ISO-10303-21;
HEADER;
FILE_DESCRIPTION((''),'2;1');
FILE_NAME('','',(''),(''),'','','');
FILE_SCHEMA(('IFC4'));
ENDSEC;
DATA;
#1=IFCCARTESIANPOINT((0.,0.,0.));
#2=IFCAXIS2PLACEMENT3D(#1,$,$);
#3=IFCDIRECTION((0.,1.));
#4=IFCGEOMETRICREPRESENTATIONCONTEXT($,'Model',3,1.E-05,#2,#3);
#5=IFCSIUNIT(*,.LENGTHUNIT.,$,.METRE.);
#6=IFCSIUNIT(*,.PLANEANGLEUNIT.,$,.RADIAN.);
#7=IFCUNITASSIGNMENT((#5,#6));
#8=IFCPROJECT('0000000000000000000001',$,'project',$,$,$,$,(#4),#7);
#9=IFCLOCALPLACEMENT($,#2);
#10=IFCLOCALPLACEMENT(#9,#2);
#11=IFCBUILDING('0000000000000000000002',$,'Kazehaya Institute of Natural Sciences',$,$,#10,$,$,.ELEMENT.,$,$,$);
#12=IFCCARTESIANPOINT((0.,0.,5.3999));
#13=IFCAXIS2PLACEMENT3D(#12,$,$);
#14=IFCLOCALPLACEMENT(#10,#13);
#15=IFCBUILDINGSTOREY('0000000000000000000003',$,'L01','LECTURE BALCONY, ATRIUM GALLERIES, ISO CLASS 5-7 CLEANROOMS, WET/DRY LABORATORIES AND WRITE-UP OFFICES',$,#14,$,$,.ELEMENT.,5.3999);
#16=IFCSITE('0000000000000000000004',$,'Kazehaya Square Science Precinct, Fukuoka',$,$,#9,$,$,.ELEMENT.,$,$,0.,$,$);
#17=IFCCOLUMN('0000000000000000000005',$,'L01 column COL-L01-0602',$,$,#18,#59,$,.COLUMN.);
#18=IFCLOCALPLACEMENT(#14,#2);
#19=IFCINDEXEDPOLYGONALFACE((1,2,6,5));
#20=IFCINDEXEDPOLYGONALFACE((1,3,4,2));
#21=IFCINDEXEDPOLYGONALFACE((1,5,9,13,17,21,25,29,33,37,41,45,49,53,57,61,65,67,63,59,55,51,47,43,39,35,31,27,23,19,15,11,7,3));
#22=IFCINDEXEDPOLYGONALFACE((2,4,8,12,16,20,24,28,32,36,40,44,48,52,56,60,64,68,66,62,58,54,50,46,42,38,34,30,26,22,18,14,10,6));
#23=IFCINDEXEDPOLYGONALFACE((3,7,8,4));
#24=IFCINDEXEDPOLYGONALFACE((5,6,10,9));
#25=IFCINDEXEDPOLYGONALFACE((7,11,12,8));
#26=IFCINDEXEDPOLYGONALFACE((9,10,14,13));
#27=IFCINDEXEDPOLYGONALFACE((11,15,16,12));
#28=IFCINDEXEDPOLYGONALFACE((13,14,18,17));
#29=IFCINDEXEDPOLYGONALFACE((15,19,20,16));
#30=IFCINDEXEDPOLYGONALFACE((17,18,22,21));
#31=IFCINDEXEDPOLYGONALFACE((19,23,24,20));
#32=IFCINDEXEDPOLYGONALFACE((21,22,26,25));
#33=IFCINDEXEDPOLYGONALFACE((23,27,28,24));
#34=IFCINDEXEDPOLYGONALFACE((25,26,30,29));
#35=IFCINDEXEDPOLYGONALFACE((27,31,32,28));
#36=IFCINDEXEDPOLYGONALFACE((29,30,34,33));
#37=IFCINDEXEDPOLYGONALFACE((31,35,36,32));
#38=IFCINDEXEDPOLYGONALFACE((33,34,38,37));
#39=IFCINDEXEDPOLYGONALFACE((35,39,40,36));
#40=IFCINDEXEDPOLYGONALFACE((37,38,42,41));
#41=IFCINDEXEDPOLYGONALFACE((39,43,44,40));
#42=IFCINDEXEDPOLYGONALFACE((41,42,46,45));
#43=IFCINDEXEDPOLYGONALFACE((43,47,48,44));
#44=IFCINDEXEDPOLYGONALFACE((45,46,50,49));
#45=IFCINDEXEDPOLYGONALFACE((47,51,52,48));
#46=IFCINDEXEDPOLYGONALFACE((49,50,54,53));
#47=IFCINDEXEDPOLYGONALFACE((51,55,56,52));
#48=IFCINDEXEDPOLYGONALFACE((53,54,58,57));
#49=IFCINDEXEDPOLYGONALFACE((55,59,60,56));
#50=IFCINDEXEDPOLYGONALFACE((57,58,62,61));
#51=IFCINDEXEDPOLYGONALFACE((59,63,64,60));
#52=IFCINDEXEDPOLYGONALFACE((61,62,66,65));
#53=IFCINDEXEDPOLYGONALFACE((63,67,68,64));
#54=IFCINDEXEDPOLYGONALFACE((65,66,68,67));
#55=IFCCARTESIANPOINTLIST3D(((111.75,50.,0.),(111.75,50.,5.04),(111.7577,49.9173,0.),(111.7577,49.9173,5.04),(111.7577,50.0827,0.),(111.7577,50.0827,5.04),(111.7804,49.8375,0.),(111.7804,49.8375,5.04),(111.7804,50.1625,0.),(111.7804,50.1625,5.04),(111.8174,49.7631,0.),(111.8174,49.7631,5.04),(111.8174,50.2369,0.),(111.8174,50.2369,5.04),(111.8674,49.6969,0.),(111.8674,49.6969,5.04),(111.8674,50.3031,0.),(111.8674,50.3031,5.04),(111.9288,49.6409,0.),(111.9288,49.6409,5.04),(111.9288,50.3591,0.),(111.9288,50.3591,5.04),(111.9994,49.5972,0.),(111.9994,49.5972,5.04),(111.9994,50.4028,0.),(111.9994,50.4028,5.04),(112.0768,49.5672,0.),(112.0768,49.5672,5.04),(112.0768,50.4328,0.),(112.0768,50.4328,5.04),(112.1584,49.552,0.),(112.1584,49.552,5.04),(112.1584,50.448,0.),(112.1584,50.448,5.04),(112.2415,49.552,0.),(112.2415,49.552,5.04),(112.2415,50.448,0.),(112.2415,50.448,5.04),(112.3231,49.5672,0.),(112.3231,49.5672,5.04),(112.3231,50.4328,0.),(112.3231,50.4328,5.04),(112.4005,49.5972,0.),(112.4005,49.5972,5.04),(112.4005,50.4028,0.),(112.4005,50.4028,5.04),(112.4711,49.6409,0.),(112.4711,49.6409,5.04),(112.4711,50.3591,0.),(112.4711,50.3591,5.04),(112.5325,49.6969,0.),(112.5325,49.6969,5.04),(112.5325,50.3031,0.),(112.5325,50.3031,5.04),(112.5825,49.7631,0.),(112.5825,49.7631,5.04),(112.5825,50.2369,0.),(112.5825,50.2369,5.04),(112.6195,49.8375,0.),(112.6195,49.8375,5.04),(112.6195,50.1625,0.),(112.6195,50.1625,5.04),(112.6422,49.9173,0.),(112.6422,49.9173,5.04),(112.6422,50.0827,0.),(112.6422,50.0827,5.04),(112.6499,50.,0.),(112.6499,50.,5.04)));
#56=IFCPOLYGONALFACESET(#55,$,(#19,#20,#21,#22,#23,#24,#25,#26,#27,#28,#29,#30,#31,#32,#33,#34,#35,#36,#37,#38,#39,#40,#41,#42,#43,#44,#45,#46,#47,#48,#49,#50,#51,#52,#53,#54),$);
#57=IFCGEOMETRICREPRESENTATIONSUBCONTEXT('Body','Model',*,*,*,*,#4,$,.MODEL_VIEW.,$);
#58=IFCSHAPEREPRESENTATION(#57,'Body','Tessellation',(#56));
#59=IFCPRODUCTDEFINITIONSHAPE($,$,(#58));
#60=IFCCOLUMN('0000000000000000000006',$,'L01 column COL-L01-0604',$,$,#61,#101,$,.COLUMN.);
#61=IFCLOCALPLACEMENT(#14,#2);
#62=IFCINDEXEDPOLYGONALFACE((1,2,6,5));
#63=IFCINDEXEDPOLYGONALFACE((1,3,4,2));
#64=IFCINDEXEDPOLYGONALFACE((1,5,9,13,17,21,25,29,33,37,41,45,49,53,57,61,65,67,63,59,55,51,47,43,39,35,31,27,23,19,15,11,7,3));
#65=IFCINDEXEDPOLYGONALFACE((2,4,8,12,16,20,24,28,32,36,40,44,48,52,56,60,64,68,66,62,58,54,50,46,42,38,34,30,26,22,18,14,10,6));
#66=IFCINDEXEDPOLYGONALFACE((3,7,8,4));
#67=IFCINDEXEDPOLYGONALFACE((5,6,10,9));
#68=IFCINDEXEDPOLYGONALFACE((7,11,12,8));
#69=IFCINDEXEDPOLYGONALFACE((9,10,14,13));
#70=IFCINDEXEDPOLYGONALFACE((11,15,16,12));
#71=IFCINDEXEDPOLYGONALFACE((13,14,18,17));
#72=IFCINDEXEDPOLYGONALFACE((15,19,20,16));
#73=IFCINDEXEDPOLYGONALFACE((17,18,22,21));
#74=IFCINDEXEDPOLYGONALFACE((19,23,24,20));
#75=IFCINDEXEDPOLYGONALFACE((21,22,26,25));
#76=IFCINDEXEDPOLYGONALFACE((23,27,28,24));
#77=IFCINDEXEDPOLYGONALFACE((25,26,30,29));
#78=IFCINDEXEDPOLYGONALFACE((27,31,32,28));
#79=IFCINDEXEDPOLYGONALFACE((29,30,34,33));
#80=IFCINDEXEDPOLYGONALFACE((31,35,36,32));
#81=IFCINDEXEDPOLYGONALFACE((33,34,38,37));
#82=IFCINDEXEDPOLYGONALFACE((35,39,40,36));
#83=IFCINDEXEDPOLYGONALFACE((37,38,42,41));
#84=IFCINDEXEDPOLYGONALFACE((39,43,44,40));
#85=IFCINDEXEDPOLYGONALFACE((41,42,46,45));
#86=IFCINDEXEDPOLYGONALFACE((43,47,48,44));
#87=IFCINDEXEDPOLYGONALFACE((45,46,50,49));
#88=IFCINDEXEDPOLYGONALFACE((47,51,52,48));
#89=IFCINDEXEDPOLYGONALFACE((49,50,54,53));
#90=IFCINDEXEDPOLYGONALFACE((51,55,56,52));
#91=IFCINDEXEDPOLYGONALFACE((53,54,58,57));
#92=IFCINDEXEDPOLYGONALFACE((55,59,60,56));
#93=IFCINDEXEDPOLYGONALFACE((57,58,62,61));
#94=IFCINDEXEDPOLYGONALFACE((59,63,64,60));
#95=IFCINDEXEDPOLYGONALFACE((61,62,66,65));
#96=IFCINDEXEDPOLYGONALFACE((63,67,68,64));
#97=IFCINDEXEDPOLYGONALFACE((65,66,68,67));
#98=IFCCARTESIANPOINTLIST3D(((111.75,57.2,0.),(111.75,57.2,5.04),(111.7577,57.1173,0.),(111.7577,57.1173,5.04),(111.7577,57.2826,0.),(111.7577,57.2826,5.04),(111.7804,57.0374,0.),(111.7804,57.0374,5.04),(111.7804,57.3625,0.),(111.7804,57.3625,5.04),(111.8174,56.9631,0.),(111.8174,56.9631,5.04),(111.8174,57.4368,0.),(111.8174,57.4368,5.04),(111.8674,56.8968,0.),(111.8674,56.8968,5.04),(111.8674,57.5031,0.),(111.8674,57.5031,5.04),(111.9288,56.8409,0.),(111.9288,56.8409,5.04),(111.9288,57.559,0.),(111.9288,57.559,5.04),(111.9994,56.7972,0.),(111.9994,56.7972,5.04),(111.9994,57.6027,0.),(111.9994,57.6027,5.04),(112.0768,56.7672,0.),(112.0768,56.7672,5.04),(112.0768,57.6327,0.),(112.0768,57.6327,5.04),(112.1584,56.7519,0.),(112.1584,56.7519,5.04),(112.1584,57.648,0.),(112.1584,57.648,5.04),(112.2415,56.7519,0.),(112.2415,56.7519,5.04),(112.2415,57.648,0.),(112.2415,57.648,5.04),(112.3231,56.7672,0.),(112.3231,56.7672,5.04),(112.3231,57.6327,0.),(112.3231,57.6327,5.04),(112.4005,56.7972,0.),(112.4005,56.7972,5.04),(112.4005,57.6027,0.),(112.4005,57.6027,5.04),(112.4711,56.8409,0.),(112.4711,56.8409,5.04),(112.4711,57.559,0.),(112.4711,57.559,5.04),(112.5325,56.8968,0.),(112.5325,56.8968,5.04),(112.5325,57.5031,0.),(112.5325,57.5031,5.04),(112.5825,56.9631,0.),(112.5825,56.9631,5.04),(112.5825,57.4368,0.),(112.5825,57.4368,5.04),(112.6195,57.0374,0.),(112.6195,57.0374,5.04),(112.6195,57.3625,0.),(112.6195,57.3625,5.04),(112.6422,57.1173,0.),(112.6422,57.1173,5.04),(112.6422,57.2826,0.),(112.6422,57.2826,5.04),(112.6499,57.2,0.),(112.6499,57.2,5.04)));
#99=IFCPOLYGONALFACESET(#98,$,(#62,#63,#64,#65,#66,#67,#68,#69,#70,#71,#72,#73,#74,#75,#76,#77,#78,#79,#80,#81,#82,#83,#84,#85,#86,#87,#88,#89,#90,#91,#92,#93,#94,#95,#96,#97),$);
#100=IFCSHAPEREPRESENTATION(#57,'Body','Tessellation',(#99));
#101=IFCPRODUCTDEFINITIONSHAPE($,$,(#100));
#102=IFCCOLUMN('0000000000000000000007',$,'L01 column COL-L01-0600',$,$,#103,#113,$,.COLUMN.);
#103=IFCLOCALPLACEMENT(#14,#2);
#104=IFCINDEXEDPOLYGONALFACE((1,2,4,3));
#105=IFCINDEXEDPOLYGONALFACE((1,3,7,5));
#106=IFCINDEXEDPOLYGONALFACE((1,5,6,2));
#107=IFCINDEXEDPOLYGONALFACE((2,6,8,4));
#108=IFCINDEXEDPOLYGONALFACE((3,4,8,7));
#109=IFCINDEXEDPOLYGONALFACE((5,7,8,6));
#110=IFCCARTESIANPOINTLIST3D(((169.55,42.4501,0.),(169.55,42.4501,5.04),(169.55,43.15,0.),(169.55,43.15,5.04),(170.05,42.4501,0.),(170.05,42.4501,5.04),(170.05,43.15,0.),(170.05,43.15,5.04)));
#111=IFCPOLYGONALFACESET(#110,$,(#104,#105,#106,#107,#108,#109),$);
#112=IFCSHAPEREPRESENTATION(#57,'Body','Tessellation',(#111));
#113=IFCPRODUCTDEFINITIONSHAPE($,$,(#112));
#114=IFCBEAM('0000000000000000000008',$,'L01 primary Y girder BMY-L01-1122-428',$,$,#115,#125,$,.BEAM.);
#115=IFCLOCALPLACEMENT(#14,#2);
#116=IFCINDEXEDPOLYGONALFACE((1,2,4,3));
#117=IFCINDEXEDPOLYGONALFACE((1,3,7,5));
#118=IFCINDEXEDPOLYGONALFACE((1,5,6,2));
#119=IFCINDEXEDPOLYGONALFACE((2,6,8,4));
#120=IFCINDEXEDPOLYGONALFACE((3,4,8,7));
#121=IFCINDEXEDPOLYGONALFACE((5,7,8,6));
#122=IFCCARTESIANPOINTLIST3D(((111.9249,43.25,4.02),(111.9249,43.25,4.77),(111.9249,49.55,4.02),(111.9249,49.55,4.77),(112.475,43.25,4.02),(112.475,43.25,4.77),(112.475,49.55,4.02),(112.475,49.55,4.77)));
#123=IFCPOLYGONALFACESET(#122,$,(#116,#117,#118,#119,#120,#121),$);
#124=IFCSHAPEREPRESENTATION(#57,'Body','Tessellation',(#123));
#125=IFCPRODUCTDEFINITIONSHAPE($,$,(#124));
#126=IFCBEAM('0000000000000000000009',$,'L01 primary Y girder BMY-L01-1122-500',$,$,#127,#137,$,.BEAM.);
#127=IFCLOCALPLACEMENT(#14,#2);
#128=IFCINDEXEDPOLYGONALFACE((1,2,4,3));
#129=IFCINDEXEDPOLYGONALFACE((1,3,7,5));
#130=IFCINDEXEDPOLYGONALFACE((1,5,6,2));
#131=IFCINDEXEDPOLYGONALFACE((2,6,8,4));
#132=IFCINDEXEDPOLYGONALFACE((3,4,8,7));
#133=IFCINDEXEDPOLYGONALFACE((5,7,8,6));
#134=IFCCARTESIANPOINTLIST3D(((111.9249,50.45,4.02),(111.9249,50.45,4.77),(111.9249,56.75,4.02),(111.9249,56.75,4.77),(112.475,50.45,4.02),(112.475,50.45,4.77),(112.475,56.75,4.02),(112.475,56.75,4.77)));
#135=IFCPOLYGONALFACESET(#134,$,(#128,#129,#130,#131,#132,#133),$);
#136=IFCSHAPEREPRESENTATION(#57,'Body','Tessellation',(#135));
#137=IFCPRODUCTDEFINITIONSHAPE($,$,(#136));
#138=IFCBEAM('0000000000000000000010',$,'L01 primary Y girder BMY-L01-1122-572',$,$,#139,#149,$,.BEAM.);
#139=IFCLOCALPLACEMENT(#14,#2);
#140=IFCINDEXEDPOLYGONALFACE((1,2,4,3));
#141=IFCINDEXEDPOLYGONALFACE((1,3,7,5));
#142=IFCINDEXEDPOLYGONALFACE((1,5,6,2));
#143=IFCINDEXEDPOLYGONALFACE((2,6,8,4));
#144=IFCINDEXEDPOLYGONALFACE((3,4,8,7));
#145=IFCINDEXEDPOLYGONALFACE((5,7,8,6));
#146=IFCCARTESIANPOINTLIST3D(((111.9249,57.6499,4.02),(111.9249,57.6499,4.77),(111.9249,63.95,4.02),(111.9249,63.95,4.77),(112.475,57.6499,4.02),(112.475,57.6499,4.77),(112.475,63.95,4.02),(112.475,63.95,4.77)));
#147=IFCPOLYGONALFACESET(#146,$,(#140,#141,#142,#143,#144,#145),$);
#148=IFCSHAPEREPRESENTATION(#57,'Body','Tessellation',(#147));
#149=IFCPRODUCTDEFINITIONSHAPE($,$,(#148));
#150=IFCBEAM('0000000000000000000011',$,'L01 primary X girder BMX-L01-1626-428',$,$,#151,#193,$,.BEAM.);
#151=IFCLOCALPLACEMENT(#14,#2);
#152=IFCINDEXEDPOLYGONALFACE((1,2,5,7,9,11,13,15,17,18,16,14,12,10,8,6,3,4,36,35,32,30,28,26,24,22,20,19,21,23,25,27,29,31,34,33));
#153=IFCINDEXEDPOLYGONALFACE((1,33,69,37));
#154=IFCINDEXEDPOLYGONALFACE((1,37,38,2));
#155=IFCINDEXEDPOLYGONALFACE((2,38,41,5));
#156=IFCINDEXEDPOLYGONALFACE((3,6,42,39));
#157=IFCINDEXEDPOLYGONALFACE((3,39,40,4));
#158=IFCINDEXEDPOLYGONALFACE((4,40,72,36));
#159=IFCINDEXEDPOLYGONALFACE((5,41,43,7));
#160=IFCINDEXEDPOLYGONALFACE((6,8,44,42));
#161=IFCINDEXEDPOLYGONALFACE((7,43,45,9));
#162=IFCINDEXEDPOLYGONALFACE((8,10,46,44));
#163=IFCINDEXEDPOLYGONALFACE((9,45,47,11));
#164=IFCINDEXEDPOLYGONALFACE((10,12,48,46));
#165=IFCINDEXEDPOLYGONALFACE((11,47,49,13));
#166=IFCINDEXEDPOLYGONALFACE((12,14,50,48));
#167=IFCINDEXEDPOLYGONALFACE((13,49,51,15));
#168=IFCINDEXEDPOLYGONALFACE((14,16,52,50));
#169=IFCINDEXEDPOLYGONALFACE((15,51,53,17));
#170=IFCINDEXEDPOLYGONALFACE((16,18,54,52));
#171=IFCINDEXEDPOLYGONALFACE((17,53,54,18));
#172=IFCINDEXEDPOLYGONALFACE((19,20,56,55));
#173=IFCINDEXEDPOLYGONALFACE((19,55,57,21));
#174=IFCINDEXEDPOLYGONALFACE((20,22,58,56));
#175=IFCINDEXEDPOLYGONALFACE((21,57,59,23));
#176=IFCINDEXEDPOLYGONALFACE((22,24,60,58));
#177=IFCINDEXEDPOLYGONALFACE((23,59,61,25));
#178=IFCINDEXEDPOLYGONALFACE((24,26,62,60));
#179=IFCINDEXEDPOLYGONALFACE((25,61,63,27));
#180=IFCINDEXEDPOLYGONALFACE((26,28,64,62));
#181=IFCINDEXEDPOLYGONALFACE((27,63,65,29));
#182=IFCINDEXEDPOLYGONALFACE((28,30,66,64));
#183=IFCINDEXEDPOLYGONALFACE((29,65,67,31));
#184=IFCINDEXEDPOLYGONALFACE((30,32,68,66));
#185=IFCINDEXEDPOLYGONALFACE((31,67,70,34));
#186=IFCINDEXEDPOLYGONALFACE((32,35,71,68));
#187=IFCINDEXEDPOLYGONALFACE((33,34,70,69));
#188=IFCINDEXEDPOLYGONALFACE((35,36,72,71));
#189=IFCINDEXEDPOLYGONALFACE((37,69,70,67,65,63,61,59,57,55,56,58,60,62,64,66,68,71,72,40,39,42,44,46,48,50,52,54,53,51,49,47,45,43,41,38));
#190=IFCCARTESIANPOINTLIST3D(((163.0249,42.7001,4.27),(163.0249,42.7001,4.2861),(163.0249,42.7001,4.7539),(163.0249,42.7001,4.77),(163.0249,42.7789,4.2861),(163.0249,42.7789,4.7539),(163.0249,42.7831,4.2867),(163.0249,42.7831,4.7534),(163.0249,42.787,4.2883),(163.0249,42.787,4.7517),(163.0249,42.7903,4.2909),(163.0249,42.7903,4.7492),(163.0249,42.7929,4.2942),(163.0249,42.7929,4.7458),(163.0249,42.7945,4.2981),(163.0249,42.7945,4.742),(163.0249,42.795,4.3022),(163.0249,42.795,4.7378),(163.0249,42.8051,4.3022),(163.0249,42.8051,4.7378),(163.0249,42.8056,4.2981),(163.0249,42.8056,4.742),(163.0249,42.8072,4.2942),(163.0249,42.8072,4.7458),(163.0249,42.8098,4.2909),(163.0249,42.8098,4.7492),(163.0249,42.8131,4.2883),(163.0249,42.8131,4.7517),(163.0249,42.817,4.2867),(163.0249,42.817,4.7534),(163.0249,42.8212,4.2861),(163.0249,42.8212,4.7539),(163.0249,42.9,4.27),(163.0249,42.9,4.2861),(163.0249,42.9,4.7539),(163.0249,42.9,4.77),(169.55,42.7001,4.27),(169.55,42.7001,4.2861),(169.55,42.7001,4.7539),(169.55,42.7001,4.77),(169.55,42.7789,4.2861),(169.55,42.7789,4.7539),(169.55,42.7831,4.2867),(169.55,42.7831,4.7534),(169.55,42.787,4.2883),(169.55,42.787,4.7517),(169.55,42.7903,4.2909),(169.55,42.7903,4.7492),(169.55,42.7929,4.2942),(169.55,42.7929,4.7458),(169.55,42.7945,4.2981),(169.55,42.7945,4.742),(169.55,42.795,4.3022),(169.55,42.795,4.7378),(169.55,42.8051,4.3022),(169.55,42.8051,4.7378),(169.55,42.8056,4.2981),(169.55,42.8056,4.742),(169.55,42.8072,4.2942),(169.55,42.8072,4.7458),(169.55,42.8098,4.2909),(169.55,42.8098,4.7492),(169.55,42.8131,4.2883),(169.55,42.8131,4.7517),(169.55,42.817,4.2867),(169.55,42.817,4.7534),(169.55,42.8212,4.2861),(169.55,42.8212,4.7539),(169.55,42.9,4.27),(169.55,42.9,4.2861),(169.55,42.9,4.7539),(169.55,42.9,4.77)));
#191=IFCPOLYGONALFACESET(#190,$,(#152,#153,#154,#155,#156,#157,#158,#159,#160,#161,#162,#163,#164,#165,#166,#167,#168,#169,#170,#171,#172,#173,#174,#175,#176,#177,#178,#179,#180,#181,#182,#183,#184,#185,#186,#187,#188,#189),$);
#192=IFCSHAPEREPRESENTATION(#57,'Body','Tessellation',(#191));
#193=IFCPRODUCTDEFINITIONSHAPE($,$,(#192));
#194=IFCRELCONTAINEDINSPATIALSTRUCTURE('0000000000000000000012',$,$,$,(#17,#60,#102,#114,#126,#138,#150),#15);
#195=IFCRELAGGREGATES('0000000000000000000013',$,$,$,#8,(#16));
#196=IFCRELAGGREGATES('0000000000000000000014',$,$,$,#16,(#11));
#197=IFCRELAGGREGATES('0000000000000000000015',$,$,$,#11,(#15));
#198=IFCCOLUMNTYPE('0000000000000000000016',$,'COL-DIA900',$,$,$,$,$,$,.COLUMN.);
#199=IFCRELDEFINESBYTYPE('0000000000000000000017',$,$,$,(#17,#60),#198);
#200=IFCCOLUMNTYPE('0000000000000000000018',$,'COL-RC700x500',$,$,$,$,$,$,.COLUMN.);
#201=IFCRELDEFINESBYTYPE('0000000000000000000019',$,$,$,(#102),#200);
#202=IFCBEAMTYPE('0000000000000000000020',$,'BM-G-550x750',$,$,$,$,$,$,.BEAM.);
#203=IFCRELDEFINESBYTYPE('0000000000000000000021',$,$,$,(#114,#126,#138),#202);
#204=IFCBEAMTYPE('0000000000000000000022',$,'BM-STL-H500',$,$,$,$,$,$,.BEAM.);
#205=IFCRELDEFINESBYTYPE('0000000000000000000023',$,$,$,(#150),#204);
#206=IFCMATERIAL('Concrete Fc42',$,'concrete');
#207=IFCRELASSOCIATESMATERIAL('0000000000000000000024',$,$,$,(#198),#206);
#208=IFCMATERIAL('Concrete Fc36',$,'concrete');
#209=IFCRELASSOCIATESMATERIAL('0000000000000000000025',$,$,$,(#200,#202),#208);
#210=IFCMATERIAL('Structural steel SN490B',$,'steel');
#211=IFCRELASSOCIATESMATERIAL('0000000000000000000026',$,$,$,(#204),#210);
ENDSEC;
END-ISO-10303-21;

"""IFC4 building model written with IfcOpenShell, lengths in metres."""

from ifc_helpers import new_model, si_unit, direction, frame, origin, origin_2d, place, context, subcontext, project, spatial, rectangle, circle, i_section, extrude, material, material_profile, profile_set, type_object, element, save


model = new_model("IFC4")

# Units and contexts
model_context = context("Model", 3, precision=1e-05, world=origin(), true_north=direction((0.0, 1.0)))
body_context = subcontext(model_context, "Body", "Model", "MODEL_VIEW")
ifc_project = project(units=[si_unit("LENGTHUNIT", "METRE"), si_unit("PLANEANGLEUNIT", "RADIAN")], contexts=[model_context])

# Site, building, storey
site_placement = place(None, origin())
site = spatial("IfcSite", under=ifc_project, at=site_placement, Name="Kazehaya Square Science Precinct, Fukuoka", CompositionType="ELEMENT", RefElevation=0.0)
building_placement = place(site_placement, origin())
building = spatial("IfcBuilding", under=site, at=building_placement, Name="Kazehaya Institute of Natural Sciences", CompositionType="ELEMENT")
storey_placement = place(building_placement, frame((0.0, 0.0, 5.3999)))
storey = spatial("IfcBuildingStorey", under=building, at=storey_placement, Name="L01", Description="LECTURE BALCONY, ATRIUM GALLERIES, ISO CLASS 5-7 CLEANROOMS, WET/DRY LABORATORIES AND WRITE-UP OFFICES", CompositionType="ELEMENT", Elevation=5.3999)

# Columns
ifc_material_1 = material(Name="Concrete Fc42", Category="concrete")
ifc_material_profile_1 = material_profile(ifc_material_1, circle(Radius=0.45, at=origin_2d()), Name="RC-DIA900")
ifc_profile_set_1 = profile_set([ifc_material_profile_1], Name="Concrete Fc42")
column_type_1 = type_object("IfcColumnType", Name="COL-DIA900", PredefinedType="COLUMN", material=ifc_profile_set_1)
for number, where, z_axis, x_axis, name in (
    (1, (112.2, 50.0, 0.0), (0.0, 0.0, 1.0), (1.0, 0.0, 0.0), "L01 column COL-L01-0602"),
    (2, (112.2, 57.2, 0.0), (0.0, 0.0, 1.0), (1.0, 0.0, 0.0), "L01 column COL-L01-0604"),
):
    element("IfcColumn", number, at=place(storey_placement, frame(where, z_axis=z_axis, x_axis=x_axis)), inside=storey, type_object=column_type_1, Name=name, PredefinedType="COLUMN", context=body_context, shape_type="SweptSolid", body=[
        extrude(circle(Radius=0.45, at=origin_2d()), origin(), (0.0, 0.0, 1.0), 5.04),
    ])
ifc_material_2 = material(Name="Concrete Fc36", Category="concrete")
ifc_material_profile_2 = material_profile(ifc_material_2, rectangle(XDim=0.5, YDim=0.7, at=origin_2d()), Name="RC-700x500")
ifc_profile_set_2 = profile_set([ifc_material_profile_2], Name="Concrete Fc36")
column_type_2 = type_object("IfcColumnType", Name="COL-RC700x500", PredefinedType="COLUMN", material=ifc_profile_set_2)
column_placement = place(storey_placement, frame((169.8, 42.8, 0.0), z_axis=(0.0, 0.0, 1.0), x_axis=(1.0, 0.0, 0.0)))
element("IfcColumn", 3, at=column_placement, inside=storey, type_object=column_type_2, Name="L01 column COL-L01-0600", PredefinedType="COLUMN", context=body_context, shape_type="SweptSolid", body=[
    extrude(rectangle(XDim=0.5, YDim=0.7, at=origin_2d()), origin(), (0.0, 0.0, 1.0), 5.04),
])

# Beams
ifc_material_profile_3 = material_profile(ifc_material_2, rectangle(XDim=0.55, YDim=0.75, at=origin_2d()), Name="RC-550x750")
ifc_profile_set_3 = profile_set([ifc_material_profile_3], Name="Concrete Fc36")
beam_type_1 = type_object("IfcBeamType", Name="BM-G-550x750", PredefinedType="BEAM", material=ifc_profile_set_3)
for number, where, z_axis, x_axis, name in (
    (4, (112.2, 43.25, 4.395), (0.0, 1.0, 0.0), (-1.0, 0.0, 0.0), "L01 primary Y girder BMY-L01-1122-428"),
    (5, (112.2, 50.45, 4.395), (0.0, 1.0, 0.0), (-1.0, 0.0, 0.0), "L01 primary Y girder BMY-L01-1122-500"),
    (6, (112.2, 57.6499, 4.395), (0.0, 1.0, 0.0), (-1.0, 0.0, 0.0), "L01 primary Y girder BMY-L01-1122-572"),
):
    element("IfcBeam", number, at=place(storey_placement, frame(where, z_axis=z_axis, x_axis=x_axis)), inside=storey, type_object=beam_type_1, Name=name, PredefinedType="BEAM", context=body_context, shape_type="SweptSolid", body=[
        extrude(rectangle(XDim=0.55, YDim=0.75, at=origin_2d()), origin(), (0.0, 0.0, 1.0), 6.3),
    ])
ifc_material_3 = material(Name="Structural steel SN490B", Category="steel")
ifc_material_profile_4 = material_profile(ifc_material_3, i_section(OverallWidth=0.2, OverallDepth=0.5, WebThickness=0.01, FlangeThickness=0.0161, FilletRadius=0.0161, at=origin_2d()), Name="H-500x200x10x16")
ifc_profile_set_4 = profile_set([ifc_material_profile_4], Name="Structural steel SN490B")
beam_type_2 = type_object("IfcBeamType", Name="BM-STL-H500", PredefinedType="BEAM", material=ifc_profile_set_4)
beam_placement = place(storey_placement, frame((163.0249, 42.8, 4.52), z_axis=(1.0, 0.0, 0.0), x_axis=(0.0, 1.0, 0.0)))
element("IfcBeam", 7, at=beam_placement, inside=storey, type_object=beam_type_2, Name="L01 primary X girder BMX-L01-1626-428", PredefinedType="BEAM", context=body_context, shape_type="SweptSolid", body=[
    extrude(i_section(OverallWidth=0.2, OverallDepth=0.5, WebThickness=0.01, FlangeThickness=0.0161, FilletRadius=0.0161, at=origin_2d()), origin(), (0.0, 0.0, 1.0), 6.5251),
])

save(model, "model.ifc")
